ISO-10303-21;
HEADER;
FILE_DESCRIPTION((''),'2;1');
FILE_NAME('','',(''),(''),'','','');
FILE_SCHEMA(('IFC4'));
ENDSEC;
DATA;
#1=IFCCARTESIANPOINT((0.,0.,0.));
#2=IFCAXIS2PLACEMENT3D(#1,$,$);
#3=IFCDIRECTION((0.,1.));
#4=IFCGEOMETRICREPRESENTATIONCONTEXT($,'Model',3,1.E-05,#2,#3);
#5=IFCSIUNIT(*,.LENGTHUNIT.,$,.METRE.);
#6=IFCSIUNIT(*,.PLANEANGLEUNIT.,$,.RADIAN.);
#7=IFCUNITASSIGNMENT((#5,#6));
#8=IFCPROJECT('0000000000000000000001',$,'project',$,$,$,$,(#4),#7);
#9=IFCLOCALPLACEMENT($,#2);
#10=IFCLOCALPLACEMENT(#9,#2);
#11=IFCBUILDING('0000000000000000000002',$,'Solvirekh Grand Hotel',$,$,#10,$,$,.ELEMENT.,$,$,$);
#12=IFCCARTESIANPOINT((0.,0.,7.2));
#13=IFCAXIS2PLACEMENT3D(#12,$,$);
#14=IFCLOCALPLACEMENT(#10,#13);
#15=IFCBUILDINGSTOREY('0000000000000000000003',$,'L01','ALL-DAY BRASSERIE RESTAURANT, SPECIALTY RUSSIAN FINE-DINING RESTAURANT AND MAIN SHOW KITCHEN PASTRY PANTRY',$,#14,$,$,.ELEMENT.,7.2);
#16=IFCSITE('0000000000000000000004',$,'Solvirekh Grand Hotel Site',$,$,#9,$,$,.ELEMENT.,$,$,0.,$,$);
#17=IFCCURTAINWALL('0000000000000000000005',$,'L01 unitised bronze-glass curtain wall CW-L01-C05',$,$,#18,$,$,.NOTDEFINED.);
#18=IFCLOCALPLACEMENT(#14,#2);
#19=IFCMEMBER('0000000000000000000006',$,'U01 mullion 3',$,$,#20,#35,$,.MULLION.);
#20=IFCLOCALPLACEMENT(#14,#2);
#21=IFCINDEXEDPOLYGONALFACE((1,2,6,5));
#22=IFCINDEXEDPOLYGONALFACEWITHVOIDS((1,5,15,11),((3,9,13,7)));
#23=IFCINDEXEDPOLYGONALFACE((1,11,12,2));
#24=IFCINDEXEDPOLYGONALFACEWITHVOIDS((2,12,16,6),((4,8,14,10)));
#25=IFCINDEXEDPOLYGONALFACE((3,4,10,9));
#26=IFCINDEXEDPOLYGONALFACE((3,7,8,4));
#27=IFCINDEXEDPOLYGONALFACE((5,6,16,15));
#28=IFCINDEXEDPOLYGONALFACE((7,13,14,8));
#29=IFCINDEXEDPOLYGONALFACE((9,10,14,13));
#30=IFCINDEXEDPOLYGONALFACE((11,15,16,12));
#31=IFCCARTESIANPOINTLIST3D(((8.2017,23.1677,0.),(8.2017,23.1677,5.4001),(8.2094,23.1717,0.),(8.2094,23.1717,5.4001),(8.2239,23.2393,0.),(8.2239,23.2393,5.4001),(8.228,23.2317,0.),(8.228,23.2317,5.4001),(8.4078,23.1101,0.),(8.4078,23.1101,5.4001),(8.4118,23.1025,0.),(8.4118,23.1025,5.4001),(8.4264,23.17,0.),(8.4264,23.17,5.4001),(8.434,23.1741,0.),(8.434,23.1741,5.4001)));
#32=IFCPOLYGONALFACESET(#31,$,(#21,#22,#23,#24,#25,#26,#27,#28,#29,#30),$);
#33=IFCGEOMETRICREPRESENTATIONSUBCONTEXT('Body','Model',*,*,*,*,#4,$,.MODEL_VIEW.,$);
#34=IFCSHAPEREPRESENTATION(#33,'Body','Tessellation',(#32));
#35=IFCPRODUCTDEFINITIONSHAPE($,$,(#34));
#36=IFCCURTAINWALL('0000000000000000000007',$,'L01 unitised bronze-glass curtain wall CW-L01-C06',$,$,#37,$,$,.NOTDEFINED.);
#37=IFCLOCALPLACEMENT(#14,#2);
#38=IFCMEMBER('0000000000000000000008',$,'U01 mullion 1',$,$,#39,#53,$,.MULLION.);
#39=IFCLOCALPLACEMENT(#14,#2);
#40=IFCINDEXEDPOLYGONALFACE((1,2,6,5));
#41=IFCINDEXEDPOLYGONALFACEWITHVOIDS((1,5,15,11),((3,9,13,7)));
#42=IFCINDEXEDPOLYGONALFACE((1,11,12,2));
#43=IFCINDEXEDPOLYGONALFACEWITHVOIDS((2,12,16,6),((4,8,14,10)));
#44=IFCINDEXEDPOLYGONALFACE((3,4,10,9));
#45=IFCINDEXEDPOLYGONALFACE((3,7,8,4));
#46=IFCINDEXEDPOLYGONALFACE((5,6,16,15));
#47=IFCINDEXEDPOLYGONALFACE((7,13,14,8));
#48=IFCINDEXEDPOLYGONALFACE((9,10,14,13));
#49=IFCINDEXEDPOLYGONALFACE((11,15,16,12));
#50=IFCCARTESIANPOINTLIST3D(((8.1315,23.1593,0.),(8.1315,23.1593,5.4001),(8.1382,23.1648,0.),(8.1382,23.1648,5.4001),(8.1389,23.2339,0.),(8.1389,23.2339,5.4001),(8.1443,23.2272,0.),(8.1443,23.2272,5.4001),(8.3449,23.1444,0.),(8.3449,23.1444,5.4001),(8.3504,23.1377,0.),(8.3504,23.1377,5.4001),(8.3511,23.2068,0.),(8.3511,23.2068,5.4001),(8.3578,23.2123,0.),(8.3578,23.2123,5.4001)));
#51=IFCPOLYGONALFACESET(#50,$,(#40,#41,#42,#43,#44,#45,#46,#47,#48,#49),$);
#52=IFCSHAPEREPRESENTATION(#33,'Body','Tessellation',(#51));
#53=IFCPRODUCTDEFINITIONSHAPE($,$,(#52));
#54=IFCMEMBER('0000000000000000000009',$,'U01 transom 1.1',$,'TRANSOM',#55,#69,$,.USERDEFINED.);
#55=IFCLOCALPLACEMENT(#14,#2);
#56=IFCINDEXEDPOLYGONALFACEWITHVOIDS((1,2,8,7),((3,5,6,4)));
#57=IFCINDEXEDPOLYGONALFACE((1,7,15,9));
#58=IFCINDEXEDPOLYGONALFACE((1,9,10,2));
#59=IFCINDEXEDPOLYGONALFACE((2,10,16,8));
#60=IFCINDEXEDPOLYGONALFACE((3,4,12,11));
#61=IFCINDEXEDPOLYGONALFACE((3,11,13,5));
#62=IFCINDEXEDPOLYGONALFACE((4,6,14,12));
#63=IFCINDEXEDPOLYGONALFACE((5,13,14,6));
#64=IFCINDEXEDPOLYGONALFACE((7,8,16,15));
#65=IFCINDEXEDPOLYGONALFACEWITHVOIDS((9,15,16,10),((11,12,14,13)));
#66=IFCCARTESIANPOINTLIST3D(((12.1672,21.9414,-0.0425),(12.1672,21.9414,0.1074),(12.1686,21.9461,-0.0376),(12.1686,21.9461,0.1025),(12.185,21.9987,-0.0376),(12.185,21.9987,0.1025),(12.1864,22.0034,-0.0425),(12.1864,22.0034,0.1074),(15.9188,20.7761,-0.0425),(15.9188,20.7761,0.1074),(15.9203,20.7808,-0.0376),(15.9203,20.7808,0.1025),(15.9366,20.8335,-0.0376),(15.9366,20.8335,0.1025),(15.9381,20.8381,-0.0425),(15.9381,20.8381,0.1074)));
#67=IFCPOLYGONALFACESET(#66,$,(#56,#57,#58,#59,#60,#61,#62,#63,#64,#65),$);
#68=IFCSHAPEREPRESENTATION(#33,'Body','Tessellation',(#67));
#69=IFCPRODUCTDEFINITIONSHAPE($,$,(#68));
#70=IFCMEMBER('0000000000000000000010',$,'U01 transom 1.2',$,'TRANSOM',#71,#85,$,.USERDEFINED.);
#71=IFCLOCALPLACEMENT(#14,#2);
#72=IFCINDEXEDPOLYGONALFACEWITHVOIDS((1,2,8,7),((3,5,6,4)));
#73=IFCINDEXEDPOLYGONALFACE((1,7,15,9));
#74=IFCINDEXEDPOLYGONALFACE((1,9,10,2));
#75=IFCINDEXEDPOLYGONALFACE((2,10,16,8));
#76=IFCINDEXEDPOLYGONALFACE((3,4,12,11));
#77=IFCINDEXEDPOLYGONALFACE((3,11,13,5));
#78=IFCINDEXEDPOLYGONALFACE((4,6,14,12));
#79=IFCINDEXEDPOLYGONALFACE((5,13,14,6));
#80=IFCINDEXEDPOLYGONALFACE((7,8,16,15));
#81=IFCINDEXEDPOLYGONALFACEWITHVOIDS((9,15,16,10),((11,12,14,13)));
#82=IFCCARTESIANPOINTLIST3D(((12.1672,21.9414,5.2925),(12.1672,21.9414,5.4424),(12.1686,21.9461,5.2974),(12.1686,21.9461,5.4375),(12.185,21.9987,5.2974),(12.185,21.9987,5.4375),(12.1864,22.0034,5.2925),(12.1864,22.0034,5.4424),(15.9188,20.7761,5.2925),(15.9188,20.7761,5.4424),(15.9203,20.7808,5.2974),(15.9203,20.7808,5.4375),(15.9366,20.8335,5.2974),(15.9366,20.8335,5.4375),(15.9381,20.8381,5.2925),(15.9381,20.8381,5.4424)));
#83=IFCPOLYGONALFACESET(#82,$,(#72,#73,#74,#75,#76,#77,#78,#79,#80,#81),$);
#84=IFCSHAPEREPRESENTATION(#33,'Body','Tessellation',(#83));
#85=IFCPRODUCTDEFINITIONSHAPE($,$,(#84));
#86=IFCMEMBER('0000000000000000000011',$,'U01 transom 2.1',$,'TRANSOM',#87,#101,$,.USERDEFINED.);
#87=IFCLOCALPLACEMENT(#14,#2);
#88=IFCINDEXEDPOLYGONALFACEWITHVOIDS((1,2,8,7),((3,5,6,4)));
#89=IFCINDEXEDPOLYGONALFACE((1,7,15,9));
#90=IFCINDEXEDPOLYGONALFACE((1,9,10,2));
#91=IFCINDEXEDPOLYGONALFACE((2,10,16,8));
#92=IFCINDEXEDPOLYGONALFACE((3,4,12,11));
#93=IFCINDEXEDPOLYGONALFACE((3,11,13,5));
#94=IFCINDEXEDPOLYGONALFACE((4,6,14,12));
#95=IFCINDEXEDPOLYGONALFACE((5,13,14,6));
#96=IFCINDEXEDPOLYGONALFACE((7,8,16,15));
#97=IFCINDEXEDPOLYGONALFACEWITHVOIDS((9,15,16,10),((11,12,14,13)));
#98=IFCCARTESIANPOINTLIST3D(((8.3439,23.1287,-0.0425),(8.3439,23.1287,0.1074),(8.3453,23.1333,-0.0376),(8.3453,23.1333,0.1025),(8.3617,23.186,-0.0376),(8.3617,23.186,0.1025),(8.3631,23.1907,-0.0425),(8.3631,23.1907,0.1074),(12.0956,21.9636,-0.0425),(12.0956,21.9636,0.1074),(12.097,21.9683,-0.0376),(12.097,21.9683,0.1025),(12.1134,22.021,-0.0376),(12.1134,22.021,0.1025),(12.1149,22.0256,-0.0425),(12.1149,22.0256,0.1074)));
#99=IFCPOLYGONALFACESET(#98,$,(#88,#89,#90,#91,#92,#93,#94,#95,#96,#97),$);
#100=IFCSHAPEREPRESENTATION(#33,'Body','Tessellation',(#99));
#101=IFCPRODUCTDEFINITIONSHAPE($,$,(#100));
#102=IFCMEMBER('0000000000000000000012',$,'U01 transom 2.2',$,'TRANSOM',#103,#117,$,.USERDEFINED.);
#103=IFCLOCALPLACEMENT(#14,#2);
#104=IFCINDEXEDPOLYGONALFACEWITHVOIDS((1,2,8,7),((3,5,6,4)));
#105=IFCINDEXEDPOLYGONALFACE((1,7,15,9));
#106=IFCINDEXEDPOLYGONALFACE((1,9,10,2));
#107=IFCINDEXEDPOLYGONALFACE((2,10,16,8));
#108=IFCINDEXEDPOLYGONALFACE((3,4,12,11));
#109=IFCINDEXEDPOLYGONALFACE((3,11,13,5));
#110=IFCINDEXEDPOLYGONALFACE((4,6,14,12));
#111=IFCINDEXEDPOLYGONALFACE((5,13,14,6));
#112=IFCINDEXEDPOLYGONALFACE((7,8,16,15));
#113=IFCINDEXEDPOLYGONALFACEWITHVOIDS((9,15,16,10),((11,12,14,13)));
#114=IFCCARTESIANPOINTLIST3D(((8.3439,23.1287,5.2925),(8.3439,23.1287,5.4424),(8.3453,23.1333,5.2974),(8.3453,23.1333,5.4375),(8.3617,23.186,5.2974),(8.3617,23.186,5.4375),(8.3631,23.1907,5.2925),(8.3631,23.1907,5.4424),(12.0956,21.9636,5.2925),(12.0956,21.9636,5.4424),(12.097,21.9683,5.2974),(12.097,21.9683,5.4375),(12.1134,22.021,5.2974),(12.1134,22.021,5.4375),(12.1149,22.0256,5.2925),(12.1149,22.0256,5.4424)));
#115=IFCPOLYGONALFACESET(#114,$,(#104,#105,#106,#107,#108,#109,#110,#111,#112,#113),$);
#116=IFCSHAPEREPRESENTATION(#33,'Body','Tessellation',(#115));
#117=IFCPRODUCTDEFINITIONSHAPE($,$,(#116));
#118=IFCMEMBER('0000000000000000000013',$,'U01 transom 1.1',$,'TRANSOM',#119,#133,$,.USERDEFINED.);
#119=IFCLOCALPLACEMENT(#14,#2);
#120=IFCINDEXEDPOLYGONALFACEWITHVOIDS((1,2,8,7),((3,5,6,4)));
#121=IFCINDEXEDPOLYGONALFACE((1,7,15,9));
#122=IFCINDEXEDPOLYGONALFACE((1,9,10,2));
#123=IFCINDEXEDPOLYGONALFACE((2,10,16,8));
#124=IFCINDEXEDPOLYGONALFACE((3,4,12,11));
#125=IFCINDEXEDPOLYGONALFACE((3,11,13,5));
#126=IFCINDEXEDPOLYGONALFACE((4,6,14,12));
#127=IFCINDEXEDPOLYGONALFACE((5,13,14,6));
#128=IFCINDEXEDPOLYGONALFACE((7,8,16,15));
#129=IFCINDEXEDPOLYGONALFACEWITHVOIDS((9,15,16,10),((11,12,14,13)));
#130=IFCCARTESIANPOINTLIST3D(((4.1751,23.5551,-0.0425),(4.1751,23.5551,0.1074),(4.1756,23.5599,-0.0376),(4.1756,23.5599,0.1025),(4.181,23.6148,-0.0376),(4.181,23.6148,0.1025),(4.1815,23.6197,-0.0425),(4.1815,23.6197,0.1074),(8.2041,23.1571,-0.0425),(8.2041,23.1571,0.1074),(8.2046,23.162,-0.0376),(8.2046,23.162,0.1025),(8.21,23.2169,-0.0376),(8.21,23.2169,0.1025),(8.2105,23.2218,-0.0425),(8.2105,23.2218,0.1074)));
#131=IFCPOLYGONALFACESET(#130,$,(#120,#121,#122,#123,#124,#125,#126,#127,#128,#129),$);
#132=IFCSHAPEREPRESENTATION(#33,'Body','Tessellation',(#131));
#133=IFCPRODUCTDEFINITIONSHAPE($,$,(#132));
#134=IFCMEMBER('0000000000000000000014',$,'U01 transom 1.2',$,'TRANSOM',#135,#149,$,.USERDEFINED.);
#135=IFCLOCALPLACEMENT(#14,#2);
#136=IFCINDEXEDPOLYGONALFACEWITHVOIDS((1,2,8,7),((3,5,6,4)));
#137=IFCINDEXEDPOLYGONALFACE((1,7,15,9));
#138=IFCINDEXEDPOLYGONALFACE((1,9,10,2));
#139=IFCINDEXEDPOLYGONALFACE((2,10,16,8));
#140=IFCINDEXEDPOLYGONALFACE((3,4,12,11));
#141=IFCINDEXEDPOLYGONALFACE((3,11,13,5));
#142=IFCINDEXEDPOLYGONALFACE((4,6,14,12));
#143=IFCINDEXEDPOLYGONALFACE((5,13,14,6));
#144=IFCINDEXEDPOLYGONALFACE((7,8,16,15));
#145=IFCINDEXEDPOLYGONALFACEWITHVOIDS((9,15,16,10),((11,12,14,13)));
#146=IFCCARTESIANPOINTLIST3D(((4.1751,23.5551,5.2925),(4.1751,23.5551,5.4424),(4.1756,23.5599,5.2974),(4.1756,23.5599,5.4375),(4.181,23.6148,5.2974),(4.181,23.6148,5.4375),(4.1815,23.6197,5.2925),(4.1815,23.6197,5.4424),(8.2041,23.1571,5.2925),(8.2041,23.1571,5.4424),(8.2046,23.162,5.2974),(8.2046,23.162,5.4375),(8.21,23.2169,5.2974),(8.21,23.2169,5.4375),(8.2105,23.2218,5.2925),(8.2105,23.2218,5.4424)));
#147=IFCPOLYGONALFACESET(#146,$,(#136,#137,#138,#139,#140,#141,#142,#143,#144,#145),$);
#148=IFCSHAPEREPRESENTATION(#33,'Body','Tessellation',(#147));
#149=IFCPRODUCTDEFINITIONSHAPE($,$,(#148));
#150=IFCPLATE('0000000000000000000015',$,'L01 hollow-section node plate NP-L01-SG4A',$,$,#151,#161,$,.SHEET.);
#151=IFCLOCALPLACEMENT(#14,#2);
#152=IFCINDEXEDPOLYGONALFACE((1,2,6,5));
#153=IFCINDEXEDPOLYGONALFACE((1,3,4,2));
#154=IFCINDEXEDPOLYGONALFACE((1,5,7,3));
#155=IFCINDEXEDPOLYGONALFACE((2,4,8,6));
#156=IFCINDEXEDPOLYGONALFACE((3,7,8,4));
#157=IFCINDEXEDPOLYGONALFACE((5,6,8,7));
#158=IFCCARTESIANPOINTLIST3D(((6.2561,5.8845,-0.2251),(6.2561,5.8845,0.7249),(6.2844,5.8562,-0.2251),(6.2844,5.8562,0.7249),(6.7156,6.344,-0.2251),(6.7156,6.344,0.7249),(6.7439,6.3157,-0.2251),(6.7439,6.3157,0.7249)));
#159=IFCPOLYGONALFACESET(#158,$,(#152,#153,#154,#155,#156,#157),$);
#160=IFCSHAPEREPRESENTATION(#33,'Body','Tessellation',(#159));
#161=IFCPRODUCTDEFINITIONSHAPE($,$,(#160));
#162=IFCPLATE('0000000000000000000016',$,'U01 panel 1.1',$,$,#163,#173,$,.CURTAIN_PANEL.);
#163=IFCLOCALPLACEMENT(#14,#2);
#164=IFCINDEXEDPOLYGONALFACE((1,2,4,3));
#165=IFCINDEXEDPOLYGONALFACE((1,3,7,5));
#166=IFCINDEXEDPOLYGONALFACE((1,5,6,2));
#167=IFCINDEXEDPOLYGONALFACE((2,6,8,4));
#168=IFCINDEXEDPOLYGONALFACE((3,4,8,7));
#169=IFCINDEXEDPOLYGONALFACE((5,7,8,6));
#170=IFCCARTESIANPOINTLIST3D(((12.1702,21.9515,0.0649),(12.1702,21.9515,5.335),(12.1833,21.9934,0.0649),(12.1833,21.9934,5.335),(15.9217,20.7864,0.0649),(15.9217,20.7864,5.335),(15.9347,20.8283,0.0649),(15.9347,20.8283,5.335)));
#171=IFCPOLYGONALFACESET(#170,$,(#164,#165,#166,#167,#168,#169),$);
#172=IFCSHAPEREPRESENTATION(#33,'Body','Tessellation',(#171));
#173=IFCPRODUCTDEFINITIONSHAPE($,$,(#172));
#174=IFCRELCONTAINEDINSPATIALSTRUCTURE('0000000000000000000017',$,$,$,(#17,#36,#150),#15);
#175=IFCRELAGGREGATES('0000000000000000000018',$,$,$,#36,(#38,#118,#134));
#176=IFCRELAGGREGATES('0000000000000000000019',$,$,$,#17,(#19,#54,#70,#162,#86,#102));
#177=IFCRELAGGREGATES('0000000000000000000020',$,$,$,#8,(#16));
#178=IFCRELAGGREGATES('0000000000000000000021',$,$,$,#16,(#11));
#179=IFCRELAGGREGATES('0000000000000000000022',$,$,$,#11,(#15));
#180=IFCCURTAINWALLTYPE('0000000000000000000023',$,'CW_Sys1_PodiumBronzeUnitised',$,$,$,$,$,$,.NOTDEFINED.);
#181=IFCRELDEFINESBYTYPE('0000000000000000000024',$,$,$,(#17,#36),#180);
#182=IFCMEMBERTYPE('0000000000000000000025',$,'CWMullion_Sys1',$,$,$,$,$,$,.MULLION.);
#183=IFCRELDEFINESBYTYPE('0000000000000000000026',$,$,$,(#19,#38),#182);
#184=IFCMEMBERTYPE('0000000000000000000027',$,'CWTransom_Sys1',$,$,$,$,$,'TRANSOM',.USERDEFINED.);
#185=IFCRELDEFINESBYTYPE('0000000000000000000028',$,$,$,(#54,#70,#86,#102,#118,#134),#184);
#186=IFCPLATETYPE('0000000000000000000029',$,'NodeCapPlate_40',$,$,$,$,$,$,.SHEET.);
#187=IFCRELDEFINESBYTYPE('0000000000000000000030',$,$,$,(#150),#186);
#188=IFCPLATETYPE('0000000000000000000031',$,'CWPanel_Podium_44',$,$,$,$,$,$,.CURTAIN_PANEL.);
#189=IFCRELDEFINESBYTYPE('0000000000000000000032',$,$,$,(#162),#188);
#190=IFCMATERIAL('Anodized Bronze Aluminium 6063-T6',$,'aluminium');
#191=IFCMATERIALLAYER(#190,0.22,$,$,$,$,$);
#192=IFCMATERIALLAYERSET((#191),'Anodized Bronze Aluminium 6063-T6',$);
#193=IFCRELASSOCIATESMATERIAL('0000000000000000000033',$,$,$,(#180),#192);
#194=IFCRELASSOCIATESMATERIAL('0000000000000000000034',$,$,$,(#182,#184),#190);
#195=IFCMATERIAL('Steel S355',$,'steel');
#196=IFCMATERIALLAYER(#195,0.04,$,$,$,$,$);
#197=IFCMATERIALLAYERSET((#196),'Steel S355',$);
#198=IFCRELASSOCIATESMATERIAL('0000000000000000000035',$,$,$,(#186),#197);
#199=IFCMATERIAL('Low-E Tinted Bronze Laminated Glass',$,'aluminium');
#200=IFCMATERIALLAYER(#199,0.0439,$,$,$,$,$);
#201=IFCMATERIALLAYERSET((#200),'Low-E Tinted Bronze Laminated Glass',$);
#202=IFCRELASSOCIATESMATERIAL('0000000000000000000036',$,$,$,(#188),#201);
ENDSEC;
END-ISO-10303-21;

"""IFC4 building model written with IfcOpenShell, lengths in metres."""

from ifc_helpers import new_model, si_unit, direction, frame, origin, origin_2d, place, context, subcontext, project, spatial, rectangle, hollow_rectangle, extrude, source, transform, mapped, material, layer, layer_set, material_profile, profile_set, type_object, element, aggregate, save


model = new_model("IFC4")

# Units and contexts
model_context = context("Model", 3, precision=1e-05, world=origin(), true_north=direction((0.0, 1.0)))
body_context = subcontext(model_context, "Body", "Model", "MODEL_VIEW")
ifc_project = project(units=[si_unit("LENGTHUNIT", "METRE"), si_unit("PLANEANGLEUNIT", "RADIAN")], contexts=[model_context])

# Site, building, storey
site_placement = place(None, origin())
site = spatial("IfcSite", under=ifc_project, at=site_placement, Name="Solvirekh Grand Hotel Site", CompositionType="ELEMENT", RefElevation=0.0)
building_placement = place(site_placement, origin())
building = spatial("IfcBuilding", under=site, at=building_placement, Name="Solvirekh Grand Hotel", CompositionType="ELEMENT")
storey_placement = place(building_placement, frame((0.0, 0.0, 7.2)))
storey = spatial("IfcBuildingStorey", under=building, at=storey_placement, Name="L01", Description="ALL-DAY BRASSERIE RESTAURANT, SPECIALTY RUSSIAN FINE-DINING RESTAURANT AND MAIN SHOW KITCHEN PASTRY PANTRY", CompositionType="ELEMENT", Elevation=7.2)

# Shared definitions
ifc_material_1 = material(Name="Steel S355", Category="steel")

# Curtain wall, member
ifc_material_2 = material(Name="Anodized Bronze Aluminium 6063-T6", Category="aluminium")
ifc_layer_1 = layer(ifc_material_2, 0.22)
ifc_layer_set_1 = layer_set([ifc_layer_1], Name="Anodized Bronze Aluminium 6063-T6")
curtain_wall_type = type_object("IfcCurtainWallType", Name="CW_Sys1_PodiumBronzeUnitised", PredefinedType="NOTDEFINED", material=ifc_layer_set_1)
curtain_wall_1_placement = place(storey_placement, origin())
curtain_wall_1 = element("IfcCurtainWall", 1, at=curtain_wall_1_placement, inside=storey, type_object=curtain_wall_type, Name="L01 unitised bronze-glass curtain wall CW-L01-C05", PredefinedType="NOTDEFINED")
ifc_material_profile_1 = material_profile(ifc_material_2, hollow_rectangle(XDim=0.075, YDim=0.22, WallThickness=0.0061, at=origin_2d()), Name="ALU RHS 220X75X6")
ifc_profile_set_1 = profile_set([ifc_material_profile_1], Name="Anodized Bronze Aluminium 6063-T6")
member_type_1 = type_object("IfcMemberType", Name="CWMullion_Sys1", PredefinedType="MULLION", material=ifc_profile_set_1)
shared_shape_1 = source(origin(), body_context, "Body", "SweptSolid", [
    extrude(hollow_rectangle(XDim=0.075, YDim=0.22, WallThickness=0.0061, at=origin_2d()), origin(), (0.0, 0.0, 1.0), 5.4001),
])
member_1_placement = place(storey_placement, frame((8.3179, 23.1709, 0.0), z_axis=(0.0, 0.0, 1.0), x_axis=(-0.296598, -0.955003, 0.0)))
member_1 = element("IfcMember", 2, at=member_1_placement, type_object=member_type_1, Name="U01 mullion 3", PredefinedType="MULLION", context=body_context, shape_type="MappedRepresentation", body=[
    mapped(shared_shape_1, transform((0.0, 0.0, 0.0), x_axis=(1.0, 0.0, 0.0), y_axis=(0.0, 1.0, 0.0), z_axis=(0.0, 0.0, 1.0), scale=1.0)),
])

# Curtain wall, member
curtain_wall_2_placement = place(storey_placement, origin())
curtain_wall_2 = element("IfcCurtainWall", 3, at=curtain_wall_2_placement, inside=storey, type_object=curtain_wall_type, Name="L01 unitised bronze-glass curtain wall CW-L01-C06", PredefinedType="NOTDEFINED")
member_2_placement = place(storey_placement, frame((8.2446, 23.1858, 0.0), z_axis=(0.0, 0.0, 1.0), x_axis=(-0.09829, -0.995158, 0.0)))
member_2 = element("IfcMember", 4, at=member_2_placement, type_object=member_type_1, Name="U01 mullion 1", PredefinedType="MULLION", context=body_context, shape_type="MappedRepresentation", body=[
    mapped(shared_shape_1, transform((0.0, 0.0, 0.0), x_axis=(1.0, 0.0, 0.0), y_axis=(0.0, 1.0, 0.0), z_axis=(0.0, 0.0, 1.0), scale=1.0)),
])

# Members
ifc_material_profile_2 = material_profile(ifc_material_2, hollow_rectangle(XDim=0.0649, YDim=0.1499, WallThickness=0.0049, at=origin_2d()), Name="ALU RHS 150X65X5")
ifc_profile_set_2 = profile_set([ifc_material_profile_2], Name="Anodized Bronze Aluminium 6063-T6")
member_type_2 = type_object("IfcMemberType", Name="CWTransom_Sys1", ElementType="TRANSOM", PredefinedType="USERDEFINED", material=ifc_profile_set_2)
shared_shape_2 = source(origin(), body_context, "Body", "SweptSolid", [
    extrude(hollow_rectangle(XDim=0.0649, YDim=0.1499, WallThickness=0.0049, at=origin_2d()), origin(), (0.0, 0.0, 1.0), 3.9285),
])
member_3_placement = place(storey_placement, frame((15.9285, 20.8071, 0.0325), z_axis=(-0.954995, 0.296622, 0.0), x_axis=(-0.296622, -0.954995, 0.0)))
member_3 = element("IfcMember", 5, at=member_3_placement, type_object=member_type_2, Name="U01 transom 1.1", ObjectType="TRANSOM", PredefinedType="USERDEFINED", context=body_context, shape_type="MappedRepresentation", body=[
    mapped(shared_shape_2, transform((0.0, 0.0, 0.0), x_axis=(1.0, 0.0, 0.0), y_axis=(0.0, 1.0, 0.0), z_axis=(0.0, 0.0, 1.0), scale=1.0)),
])
member_4_placement = place(storey_placement, frame((15.9285, 20.8071, 5.3674), z_axis=(-0.954995, 0.296622, 0.0), x_axis=(-0.296622, -0.954995, 0.0)))
member_4 = element("IfcMember", 6, at=member_4_placement, type_object=member_type_2, Name="U01 transom 1.2", ObjectType="TRANSOM", PredefinedType="USERDEFINED", context=body_context, shape_type="MappedRepresentation", body=[
    mapped(shared_shape_2, transform((0.0, 0.0, 0.0), x_axis=(1.0, 0.0, 0.0), y_axis=(0.0, 1.0, 0.0), z_axis=(0.0, 0.0, 1.0), scale=1.0)),
])
member_5_placement = place(storey_placement, frame((12.1052, 21.9946, 0.0325), z_axis=(-0.955013, 0.296565, 0.0), x_axis=(-0.296565, -0.955013, 0.0)))
member_5 = element("IfcMember", 7, at=member_5_placement, type_object=member_type_2, Name="U01 transom 2.1", ObjectType="TRANSOM", PredefinedType="USERDEFINED", context=body_context, shape_type="MappedRepresentation", body=[
    mapped(shared_shape_2, transform((0.0, 0.0, 0.0), x_axis=(1.0, 0.0, 0.0), y_axis=(0.0, 1.0, 0.0), z_axis=(0.0, 0.0, 1.0), scale=1.0)),
])
member_6_placement = place(storey_placement, frame((12.1052, 21.9946, 5.3674), z_axis=(-0.955013, 0.296565, 0.0), x_axis=(-0.296565, -0.955013, 0.0)))
member_6 = element("IfcMember", 8, at=member_6_placement, type_object=member_type_2, Name="U01 transom 2.2", ObjectType="TRANSOM", PredefinedType="USERDEFINED", context=body_context, shape_type="MappedRepresentation", body=[
    mapped(shared_shape_2, transform((0.0, 0.0, 0.0), x_axis=(1.0, 0.0, 0.0), y_axis=(0.0, 1.0, 0.0), z_axis=(0.0, 0.0, 1.0), scale=1.0)),
])
shared_shape_3 = source(origin(), body_context, "Body", "SweptSolid", [
    extrude(hollow_rectangle(XDim=0.0649, YDim=0.1499, WallThickness=0.0049, at=origin_2d()), origin(), (0.0, 0.0, 1.0), 4.0486),
])
member_7_placement = place(storey_placement, frame((8.2073, 23.1895, 0.0325), z_axis=(-0.995158, 0.098292, 0.0), x_axis=(-0.098292, -0.995158, 0.0)))
member_7 = element("IfcMember", 9, at=member_7_placement, type_object=member_type_2, Name="U01 transom 1.1", ObjectType="TRANSOM", PredefinedType="USERDEFINED", context=body_context, shape_type="MappedRepresentation", body=[
    mapped(shared_shape_3, transform((0.0, 0.0, 0.0), x_axis=(1.0, 0.0, 0.0), y_axis=(0.0, 1.0, 0.0), z_axis=(0.0, 0.0, 1.0), scale=1.0)),
])
member_8_placement = place(storey_placement, frame((8.2073, 23.1895, 5.3674), z_axis=(-0.995158, 0.098292, 0.0), x_axis=(-0.098292, -0.995158, 0.0)))
member_8 = element("IfcMember", 10, at=member_8_placement, type_object=member_type_2, Name="U01 transom 1.2", ObjectType="TRANSOM", PredefinedType="USERDEFINED", context=body_context, shape_type="MappedRepresentation", body=[
    mapped(shared_shape_3, transform((0.0, 0.0, 0.0), x_axis=(1.0, 0.0, 0.0), y_axis=(0.0, 1.0, 0.0), z_axis=(0.0, 0.0, 1.0), scale=1.0)),
])
aggregate(curtain_wall_2, [member_2, member_7, member_8])

# Plates
ifc_layer_2 = layer(ifc_material_1, 0.04)
ifc_layer_set_2 = layer_set([ifc_layer_2], Name="Steel S355")
plate_type_1 = type_object("IfcPlateType", Name="NodeCapPlate_40", PredefinedType="SHEET", material=ifc_layer_set_2)
plate_1_placement = place(storey_placement, frame((6.5, 6.1001, -0.2251), z_axis=(0.0, 0.0, 1.0), x_axis=(-0.707107, 0.707107, 0.0)))
element("IfcPlate", 11, at=plate_1_placement, inside=storey, type_object=plate_type_1, Name="L01 hollow-section node plate NP-L01-SG4A", PredefinedType="SHEET", context=body_context, shape_type="SweptSolid", body=[
    extrude(rectangle(XDim=0.04, YDim=0.6499, at=origin_2d()), origin(), (0.0, 0.0, 1.0), 0.95),
])
ifc_material_3 = material(Name="Low-E Tinted Bronze Laminated Glass", Category="aluminium")
ifc_layer_3 = layer(ifc_material_3, 0.0439)
ifc_layer_set_3 = layer_set([ifc_layer_3], Name="Low-E Tinted Bronze Laminated Glass")
plate_type_2 = type_object("IfcPlateType", Name="CWPanel_Podium_44", PredefinedType="CURTAIN_PANEL", material=ifc_layer_set_3)
shared_shape_4 = source(origin(), body_context, "Body", "SweptSolid", [
    extrude(rectangle(XDim=3.9282, YDim=0.0439, at=origin_2d()), origin(), (0.0, 0.0, 1.0), 5.27),
])
plate_2_placement = place(storey_placement, frame((14.0525, 21.3899, 0.0649), z_axis=(0.0, 0.0, 1.0), x_axis=(-0.955003, 0.296598, 0.0)))
plate_2 = element("IfcPlate", 12, at=plate_2_placement, type_object=plate_type_2, Name="U01 panel 1.1", PredefinedType="CURTAIN_PANEL", context=body_context, shape_type="MappedRepresentation", body=[
    mapped(shared_shape_4, transform((0.0, 0.0, 0.0), x_axis=(1.0, 0.0, 0.0), y_axis=(0.0, 1.0, 0.0), z_axis=(0.0, 0.0, 1.0), scale=1.0)),
])
aggregate(curtain_wall_1, [member_1, member_3, member_4, plate_2, member_5, member_6])

save(model, "model.ifc")
